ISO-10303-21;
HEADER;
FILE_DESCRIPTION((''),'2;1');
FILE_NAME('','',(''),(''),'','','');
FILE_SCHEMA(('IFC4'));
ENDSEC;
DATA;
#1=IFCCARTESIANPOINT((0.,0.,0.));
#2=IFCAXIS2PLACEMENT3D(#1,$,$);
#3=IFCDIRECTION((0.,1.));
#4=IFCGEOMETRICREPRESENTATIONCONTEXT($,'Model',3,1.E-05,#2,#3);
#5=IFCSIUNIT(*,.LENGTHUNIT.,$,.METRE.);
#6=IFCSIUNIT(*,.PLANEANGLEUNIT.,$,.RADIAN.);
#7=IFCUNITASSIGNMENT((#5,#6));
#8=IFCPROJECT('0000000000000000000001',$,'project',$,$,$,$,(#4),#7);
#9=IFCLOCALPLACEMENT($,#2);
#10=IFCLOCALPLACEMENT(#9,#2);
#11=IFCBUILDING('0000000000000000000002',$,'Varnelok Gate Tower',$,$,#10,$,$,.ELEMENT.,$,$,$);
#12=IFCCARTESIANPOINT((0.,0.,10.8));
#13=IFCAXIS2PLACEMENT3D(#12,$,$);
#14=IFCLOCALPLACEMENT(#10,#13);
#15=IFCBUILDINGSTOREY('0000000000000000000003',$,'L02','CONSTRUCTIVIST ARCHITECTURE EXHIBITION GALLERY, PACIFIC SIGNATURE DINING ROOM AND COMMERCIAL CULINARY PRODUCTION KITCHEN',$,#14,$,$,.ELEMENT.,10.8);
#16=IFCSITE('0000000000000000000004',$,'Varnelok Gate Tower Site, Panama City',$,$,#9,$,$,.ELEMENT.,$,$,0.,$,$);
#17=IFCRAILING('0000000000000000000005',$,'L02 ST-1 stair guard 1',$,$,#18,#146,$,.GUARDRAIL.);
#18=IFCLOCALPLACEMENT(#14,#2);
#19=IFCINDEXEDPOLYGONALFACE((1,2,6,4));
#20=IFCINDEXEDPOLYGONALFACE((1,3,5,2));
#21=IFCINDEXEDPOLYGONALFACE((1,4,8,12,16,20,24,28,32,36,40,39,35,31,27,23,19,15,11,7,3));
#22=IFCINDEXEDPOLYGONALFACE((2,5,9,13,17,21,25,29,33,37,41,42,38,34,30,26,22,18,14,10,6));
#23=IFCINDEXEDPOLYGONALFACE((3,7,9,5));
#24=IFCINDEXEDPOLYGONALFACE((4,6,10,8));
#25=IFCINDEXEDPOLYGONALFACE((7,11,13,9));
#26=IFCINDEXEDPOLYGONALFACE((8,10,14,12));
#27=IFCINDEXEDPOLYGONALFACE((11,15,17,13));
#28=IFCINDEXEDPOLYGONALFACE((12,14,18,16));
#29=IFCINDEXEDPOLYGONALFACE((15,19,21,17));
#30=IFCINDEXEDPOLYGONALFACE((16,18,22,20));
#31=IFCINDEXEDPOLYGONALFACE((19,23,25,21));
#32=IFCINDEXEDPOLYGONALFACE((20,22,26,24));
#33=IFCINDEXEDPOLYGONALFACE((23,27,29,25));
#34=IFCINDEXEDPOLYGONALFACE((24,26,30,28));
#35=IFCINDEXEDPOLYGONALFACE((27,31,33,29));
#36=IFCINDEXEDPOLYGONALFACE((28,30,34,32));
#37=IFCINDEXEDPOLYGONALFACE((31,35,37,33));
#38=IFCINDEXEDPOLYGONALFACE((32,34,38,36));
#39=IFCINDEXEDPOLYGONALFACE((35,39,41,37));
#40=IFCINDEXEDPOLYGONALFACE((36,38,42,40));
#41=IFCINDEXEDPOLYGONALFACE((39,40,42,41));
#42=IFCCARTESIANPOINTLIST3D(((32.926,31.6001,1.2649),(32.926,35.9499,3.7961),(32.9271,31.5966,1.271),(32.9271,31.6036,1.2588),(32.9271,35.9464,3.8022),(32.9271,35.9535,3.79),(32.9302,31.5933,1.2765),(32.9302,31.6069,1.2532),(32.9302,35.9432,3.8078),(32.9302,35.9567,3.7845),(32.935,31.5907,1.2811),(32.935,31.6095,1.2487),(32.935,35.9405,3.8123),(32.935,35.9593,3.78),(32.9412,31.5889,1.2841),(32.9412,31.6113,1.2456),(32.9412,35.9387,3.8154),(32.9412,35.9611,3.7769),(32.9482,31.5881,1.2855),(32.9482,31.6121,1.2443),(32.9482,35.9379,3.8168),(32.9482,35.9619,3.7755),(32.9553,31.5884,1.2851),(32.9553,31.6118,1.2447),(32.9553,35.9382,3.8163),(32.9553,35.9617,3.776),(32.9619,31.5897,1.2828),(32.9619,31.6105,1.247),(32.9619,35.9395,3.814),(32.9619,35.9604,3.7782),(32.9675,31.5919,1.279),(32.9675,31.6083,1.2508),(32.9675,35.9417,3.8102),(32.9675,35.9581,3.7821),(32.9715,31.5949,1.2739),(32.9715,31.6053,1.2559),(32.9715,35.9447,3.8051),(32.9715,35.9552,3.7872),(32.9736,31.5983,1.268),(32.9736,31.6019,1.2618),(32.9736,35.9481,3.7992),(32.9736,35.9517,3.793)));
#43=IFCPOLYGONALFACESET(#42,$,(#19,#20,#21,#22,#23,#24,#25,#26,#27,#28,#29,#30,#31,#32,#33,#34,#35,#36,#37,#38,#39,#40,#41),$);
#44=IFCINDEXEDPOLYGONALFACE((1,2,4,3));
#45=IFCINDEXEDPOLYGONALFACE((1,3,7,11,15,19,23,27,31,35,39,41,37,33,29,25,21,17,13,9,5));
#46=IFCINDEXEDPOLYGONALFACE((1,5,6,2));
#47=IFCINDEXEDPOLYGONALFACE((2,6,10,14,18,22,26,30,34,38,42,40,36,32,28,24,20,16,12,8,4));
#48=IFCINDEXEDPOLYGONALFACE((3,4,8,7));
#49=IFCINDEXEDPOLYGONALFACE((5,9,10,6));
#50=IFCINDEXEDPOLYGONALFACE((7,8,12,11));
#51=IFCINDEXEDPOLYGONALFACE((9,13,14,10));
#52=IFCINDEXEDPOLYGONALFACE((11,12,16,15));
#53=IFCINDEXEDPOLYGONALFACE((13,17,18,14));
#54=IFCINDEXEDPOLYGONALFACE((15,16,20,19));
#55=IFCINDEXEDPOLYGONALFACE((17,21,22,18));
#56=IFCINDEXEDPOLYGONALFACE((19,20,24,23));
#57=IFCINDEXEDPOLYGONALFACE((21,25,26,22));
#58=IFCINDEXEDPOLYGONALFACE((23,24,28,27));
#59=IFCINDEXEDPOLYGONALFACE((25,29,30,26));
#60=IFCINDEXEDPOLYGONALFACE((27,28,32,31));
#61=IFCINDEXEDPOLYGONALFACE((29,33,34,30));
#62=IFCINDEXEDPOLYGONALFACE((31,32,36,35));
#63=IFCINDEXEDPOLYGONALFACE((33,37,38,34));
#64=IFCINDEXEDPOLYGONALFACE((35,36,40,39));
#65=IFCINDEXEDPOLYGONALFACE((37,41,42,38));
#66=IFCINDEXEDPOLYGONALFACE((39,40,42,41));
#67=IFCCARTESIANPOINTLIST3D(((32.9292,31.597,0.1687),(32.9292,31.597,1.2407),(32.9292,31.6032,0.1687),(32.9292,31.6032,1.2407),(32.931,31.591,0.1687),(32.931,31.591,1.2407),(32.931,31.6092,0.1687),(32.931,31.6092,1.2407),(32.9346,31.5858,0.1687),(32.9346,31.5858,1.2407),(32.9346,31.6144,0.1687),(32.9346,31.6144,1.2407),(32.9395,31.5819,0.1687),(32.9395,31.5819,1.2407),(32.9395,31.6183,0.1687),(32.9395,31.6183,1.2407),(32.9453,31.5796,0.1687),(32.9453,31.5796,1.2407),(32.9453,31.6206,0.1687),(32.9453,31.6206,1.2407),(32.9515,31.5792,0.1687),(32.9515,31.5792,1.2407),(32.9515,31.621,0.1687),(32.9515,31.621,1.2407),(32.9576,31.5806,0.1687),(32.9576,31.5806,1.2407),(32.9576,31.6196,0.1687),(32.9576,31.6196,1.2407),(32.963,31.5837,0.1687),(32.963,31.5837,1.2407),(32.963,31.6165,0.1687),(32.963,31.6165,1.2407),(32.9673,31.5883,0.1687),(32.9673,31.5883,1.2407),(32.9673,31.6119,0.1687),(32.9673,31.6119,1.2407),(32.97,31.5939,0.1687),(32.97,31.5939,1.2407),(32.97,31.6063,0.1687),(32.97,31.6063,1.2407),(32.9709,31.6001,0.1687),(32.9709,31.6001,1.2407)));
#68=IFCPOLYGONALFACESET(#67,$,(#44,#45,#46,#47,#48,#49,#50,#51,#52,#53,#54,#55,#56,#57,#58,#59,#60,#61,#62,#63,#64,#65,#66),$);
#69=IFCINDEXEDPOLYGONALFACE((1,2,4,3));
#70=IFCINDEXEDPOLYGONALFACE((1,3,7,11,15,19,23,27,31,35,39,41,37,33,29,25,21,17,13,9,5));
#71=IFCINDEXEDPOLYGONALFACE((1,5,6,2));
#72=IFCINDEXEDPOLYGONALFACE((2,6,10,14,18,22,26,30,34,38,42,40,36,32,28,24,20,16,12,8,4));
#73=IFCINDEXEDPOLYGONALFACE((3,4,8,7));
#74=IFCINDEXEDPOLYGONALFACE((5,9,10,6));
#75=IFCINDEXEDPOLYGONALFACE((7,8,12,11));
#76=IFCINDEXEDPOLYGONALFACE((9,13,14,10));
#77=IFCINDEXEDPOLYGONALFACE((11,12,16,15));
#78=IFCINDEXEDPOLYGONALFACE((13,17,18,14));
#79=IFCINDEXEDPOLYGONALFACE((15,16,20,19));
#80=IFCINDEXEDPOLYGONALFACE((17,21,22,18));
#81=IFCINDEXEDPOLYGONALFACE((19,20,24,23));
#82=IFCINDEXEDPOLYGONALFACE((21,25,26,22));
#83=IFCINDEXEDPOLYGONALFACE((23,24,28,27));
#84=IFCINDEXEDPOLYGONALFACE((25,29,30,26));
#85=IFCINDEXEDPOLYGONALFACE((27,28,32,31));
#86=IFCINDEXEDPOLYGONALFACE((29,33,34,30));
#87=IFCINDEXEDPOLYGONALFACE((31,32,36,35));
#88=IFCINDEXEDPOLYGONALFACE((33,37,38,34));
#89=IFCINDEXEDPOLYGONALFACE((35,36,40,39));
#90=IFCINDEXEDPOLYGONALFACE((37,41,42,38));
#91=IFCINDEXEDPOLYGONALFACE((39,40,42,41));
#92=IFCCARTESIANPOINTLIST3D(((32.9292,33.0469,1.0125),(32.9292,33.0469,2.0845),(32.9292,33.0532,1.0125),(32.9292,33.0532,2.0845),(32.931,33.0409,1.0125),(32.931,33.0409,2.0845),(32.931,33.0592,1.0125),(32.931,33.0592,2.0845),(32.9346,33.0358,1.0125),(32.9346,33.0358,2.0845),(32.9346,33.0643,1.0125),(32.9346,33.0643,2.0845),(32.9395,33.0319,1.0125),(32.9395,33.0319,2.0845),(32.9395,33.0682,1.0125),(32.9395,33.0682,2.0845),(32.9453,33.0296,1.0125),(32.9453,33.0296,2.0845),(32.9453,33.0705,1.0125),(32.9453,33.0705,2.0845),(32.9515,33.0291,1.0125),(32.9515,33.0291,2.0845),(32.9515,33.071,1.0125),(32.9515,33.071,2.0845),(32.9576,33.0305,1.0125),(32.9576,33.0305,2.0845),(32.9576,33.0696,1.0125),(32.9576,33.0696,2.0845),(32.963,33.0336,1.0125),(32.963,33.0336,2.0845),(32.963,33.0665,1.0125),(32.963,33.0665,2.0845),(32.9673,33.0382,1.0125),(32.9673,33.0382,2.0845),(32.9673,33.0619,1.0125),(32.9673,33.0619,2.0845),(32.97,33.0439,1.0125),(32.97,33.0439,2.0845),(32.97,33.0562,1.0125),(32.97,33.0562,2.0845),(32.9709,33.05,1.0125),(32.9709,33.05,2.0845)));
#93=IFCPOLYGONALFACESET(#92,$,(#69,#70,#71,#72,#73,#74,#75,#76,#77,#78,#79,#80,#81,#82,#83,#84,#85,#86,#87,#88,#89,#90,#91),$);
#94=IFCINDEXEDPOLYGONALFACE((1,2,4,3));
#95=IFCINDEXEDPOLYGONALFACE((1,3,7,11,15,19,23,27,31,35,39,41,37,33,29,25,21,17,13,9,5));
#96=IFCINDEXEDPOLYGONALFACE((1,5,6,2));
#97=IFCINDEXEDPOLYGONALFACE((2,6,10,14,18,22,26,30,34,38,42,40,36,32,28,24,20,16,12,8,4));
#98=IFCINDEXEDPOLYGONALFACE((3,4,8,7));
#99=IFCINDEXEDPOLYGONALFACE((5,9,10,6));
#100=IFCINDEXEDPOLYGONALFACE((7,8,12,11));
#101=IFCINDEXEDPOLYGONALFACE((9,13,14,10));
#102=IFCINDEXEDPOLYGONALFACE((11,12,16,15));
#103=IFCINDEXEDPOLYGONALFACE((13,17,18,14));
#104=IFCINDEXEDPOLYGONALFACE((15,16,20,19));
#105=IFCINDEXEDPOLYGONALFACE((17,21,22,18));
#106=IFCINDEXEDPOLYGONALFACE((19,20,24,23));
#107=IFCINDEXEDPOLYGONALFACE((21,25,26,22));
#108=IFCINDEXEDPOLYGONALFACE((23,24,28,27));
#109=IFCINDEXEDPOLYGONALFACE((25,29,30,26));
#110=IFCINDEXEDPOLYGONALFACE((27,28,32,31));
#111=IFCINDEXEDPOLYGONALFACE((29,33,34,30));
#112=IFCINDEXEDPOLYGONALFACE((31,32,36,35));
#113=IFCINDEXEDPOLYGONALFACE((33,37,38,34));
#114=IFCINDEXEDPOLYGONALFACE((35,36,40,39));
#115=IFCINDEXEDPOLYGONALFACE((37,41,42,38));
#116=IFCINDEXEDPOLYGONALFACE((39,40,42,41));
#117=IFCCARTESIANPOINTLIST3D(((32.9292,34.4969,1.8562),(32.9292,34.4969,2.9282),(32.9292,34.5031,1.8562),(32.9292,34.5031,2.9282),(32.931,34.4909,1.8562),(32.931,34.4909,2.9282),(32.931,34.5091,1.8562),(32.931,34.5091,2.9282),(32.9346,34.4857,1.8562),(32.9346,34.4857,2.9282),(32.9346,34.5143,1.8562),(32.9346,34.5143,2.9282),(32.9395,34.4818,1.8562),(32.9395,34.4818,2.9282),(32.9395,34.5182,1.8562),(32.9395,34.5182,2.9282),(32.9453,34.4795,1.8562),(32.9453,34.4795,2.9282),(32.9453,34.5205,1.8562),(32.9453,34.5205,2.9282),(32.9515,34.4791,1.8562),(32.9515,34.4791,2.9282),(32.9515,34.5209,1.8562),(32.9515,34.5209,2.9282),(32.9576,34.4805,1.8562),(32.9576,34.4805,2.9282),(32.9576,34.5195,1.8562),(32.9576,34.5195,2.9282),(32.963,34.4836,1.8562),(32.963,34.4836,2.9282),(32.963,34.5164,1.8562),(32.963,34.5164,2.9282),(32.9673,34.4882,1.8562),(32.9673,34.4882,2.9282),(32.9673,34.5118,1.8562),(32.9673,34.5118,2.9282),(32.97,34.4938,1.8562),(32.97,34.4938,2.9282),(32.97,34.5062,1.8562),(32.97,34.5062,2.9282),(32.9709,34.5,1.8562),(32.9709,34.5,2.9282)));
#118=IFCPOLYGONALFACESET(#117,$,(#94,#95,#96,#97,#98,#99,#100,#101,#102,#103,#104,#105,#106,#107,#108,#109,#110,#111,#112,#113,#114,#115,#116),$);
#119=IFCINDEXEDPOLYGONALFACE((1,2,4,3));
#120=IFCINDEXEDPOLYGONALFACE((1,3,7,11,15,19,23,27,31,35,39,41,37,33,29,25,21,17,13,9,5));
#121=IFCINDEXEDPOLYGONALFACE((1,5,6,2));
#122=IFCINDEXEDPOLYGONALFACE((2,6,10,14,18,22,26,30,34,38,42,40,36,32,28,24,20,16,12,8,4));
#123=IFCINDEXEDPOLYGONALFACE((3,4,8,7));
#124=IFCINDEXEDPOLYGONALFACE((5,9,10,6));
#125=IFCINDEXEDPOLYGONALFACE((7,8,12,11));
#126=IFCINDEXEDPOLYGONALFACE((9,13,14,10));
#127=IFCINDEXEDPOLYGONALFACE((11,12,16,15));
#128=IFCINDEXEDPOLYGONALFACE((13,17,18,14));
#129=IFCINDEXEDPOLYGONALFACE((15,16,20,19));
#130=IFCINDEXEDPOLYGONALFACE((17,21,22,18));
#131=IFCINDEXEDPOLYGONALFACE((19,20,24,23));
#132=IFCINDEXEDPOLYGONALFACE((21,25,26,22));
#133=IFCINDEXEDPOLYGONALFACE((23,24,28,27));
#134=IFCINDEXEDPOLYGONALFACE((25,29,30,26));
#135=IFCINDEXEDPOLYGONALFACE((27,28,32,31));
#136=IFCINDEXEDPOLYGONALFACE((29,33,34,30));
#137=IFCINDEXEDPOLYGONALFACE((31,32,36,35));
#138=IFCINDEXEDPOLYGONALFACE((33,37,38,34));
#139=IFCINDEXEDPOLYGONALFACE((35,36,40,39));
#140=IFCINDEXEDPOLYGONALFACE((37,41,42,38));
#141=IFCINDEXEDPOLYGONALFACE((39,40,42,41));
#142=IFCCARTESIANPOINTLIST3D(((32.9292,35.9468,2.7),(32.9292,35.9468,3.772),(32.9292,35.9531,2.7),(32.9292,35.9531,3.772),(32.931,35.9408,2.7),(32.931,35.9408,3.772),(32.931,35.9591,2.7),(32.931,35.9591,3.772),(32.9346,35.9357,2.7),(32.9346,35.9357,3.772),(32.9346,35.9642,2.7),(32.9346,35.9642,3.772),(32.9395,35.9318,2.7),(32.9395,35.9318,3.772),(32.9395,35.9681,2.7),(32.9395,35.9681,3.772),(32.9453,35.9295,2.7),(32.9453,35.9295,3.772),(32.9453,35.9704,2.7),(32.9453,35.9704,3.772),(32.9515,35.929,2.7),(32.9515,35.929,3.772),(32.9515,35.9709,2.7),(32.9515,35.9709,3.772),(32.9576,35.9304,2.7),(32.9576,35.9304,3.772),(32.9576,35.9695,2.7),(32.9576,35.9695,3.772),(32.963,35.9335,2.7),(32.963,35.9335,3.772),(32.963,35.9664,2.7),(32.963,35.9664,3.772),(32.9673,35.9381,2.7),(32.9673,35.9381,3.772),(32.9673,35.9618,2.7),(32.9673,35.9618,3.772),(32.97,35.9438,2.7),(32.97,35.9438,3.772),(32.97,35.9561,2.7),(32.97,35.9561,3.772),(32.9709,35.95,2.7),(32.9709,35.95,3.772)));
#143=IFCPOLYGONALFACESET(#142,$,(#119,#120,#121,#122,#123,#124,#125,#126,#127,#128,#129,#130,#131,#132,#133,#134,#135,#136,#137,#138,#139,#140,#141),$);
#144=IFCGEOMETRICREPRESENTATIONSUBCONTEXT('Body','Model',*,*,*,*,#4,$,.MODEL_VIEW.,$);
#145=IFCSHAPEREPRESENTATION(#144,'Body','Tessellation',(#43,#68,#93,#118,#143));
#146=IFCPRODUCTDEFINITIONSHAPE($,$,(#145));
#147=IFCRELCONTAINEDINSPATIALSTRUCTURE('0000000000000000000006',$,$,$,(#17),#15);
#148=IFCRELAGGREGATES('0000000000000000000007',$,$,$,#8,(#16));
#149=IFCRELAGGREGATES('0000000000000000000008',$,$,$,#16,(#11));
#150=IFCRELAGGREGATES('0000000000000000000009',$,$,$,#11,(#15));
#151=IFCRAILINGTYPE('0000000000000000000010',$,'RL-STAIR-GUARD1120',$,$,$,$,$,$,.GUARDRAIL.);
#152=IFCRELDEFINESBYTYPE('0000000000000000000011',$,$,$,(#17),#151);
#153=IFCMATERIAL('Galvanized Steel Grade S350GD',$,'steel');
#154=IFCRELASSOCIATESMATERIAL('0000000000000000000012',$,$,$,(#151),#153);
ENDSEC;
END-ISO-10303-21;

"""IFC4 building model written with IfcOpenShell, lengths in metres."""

from ifc_helpers import new_model, si_unit, direction, frame, origin, origin_2d, place, context, subcontext, project, spatial, circle, extrude, material, type_object, element, save


model = new_model("IFC4")

# Units and contexts
model_context = context("Model", 3, precision=1e-05, world=origin(), true_north=direction((0.0, 1.0)))
body_context = subcontext(model_context, "Body", "Model", "MODEL_VIEW")
ifc_project = project(units=[si_unit("LENGTHUNIT", "METRE"), si_unit("PLANEANGLEUNIT", "RADIAN")], contexts=[model_context])

# Site, building, storey
site_placement = place(None, origin())
site = spatial("IfcSite", under=ifc_project, at=site_placement, Name="Varnelok Gate Tower Site, Panama City", CompositionType="ELEMENT", RefElevation=0.0)
building_placement = place(site_placement, origin())
building = spatial("IfcBuilding", under=site, at=building_placement, Name="Varnelok Gate Tower", CompositionType="ELEMENT")
storey_placement = place(building_placement, frame((0.0, 0.0, 10.8)))
storey = spatial("IfcBuildingStorey", under=building, at=storey_placement, Name="L02", Description="CONSTRUCTIVIST ARCHITECTURE EXHIBITION GALLERY, PACIFIC SIGNATURE DINING ROOM AND COMMERCIAL CULINARY PRODUCTION KITCHEN", CompositionType="ELEMENT", Elevation=10.8)

# Shared definitions
ifc_material_1 = material(Name="Galvanized Steel Grade S350GD", Category="steel")

# Railing
railing_type_1 = type_object("IfcRailingType", Name="RL-STAIR-GUARD1120", PredefinedType="GUARDRAIL", material=ifc_material_1)
railing_1_placement = place(storey_placement, frame((32.95, 31.6001, 0.1687)))
element("IfcRailing", 1, at=railing_1_placement, inside=storey, type_object=railing_type_1, Name="L02 ST-1 stair guard 1", PredefinedType="GUARDRAIL", context=body_context, shape_type="SweptSolid", body=[
    extrude(circle(Radius=0.0239, at=origin_2d()), frame((0.0, 0.0, 1.0962), z_axis=(0.0, 0.864312, 0.502957), x_axis=(-1.0, 0.0, 0.0)), (0.0, 0.0, 1.0), 5.0327),
    extrude(circle(Radius=0.021, at=origin_2d()), origin(), (0.0, 0.0, 1.0), 1.072),
    extrude(circle(Radius=0.021, at=origin_2d()), frame((0.0, 1.45, 0.8438)), (0.0, 0.0, 1.0), 1.072),
    extrude(circle(Radius=0.021, at=origin_2d()), frame((0.0, 2.8999, 1.6875)), (0.0, 0.0, 1.0), 1.072),
    extrude(circle(Radius=0.021, at=origin_2d()), frame((0.0, 4.3499, 2.5312)), (0.0, 0.0, 1.0), 1.072),
])

save(model, "model.ifc")
